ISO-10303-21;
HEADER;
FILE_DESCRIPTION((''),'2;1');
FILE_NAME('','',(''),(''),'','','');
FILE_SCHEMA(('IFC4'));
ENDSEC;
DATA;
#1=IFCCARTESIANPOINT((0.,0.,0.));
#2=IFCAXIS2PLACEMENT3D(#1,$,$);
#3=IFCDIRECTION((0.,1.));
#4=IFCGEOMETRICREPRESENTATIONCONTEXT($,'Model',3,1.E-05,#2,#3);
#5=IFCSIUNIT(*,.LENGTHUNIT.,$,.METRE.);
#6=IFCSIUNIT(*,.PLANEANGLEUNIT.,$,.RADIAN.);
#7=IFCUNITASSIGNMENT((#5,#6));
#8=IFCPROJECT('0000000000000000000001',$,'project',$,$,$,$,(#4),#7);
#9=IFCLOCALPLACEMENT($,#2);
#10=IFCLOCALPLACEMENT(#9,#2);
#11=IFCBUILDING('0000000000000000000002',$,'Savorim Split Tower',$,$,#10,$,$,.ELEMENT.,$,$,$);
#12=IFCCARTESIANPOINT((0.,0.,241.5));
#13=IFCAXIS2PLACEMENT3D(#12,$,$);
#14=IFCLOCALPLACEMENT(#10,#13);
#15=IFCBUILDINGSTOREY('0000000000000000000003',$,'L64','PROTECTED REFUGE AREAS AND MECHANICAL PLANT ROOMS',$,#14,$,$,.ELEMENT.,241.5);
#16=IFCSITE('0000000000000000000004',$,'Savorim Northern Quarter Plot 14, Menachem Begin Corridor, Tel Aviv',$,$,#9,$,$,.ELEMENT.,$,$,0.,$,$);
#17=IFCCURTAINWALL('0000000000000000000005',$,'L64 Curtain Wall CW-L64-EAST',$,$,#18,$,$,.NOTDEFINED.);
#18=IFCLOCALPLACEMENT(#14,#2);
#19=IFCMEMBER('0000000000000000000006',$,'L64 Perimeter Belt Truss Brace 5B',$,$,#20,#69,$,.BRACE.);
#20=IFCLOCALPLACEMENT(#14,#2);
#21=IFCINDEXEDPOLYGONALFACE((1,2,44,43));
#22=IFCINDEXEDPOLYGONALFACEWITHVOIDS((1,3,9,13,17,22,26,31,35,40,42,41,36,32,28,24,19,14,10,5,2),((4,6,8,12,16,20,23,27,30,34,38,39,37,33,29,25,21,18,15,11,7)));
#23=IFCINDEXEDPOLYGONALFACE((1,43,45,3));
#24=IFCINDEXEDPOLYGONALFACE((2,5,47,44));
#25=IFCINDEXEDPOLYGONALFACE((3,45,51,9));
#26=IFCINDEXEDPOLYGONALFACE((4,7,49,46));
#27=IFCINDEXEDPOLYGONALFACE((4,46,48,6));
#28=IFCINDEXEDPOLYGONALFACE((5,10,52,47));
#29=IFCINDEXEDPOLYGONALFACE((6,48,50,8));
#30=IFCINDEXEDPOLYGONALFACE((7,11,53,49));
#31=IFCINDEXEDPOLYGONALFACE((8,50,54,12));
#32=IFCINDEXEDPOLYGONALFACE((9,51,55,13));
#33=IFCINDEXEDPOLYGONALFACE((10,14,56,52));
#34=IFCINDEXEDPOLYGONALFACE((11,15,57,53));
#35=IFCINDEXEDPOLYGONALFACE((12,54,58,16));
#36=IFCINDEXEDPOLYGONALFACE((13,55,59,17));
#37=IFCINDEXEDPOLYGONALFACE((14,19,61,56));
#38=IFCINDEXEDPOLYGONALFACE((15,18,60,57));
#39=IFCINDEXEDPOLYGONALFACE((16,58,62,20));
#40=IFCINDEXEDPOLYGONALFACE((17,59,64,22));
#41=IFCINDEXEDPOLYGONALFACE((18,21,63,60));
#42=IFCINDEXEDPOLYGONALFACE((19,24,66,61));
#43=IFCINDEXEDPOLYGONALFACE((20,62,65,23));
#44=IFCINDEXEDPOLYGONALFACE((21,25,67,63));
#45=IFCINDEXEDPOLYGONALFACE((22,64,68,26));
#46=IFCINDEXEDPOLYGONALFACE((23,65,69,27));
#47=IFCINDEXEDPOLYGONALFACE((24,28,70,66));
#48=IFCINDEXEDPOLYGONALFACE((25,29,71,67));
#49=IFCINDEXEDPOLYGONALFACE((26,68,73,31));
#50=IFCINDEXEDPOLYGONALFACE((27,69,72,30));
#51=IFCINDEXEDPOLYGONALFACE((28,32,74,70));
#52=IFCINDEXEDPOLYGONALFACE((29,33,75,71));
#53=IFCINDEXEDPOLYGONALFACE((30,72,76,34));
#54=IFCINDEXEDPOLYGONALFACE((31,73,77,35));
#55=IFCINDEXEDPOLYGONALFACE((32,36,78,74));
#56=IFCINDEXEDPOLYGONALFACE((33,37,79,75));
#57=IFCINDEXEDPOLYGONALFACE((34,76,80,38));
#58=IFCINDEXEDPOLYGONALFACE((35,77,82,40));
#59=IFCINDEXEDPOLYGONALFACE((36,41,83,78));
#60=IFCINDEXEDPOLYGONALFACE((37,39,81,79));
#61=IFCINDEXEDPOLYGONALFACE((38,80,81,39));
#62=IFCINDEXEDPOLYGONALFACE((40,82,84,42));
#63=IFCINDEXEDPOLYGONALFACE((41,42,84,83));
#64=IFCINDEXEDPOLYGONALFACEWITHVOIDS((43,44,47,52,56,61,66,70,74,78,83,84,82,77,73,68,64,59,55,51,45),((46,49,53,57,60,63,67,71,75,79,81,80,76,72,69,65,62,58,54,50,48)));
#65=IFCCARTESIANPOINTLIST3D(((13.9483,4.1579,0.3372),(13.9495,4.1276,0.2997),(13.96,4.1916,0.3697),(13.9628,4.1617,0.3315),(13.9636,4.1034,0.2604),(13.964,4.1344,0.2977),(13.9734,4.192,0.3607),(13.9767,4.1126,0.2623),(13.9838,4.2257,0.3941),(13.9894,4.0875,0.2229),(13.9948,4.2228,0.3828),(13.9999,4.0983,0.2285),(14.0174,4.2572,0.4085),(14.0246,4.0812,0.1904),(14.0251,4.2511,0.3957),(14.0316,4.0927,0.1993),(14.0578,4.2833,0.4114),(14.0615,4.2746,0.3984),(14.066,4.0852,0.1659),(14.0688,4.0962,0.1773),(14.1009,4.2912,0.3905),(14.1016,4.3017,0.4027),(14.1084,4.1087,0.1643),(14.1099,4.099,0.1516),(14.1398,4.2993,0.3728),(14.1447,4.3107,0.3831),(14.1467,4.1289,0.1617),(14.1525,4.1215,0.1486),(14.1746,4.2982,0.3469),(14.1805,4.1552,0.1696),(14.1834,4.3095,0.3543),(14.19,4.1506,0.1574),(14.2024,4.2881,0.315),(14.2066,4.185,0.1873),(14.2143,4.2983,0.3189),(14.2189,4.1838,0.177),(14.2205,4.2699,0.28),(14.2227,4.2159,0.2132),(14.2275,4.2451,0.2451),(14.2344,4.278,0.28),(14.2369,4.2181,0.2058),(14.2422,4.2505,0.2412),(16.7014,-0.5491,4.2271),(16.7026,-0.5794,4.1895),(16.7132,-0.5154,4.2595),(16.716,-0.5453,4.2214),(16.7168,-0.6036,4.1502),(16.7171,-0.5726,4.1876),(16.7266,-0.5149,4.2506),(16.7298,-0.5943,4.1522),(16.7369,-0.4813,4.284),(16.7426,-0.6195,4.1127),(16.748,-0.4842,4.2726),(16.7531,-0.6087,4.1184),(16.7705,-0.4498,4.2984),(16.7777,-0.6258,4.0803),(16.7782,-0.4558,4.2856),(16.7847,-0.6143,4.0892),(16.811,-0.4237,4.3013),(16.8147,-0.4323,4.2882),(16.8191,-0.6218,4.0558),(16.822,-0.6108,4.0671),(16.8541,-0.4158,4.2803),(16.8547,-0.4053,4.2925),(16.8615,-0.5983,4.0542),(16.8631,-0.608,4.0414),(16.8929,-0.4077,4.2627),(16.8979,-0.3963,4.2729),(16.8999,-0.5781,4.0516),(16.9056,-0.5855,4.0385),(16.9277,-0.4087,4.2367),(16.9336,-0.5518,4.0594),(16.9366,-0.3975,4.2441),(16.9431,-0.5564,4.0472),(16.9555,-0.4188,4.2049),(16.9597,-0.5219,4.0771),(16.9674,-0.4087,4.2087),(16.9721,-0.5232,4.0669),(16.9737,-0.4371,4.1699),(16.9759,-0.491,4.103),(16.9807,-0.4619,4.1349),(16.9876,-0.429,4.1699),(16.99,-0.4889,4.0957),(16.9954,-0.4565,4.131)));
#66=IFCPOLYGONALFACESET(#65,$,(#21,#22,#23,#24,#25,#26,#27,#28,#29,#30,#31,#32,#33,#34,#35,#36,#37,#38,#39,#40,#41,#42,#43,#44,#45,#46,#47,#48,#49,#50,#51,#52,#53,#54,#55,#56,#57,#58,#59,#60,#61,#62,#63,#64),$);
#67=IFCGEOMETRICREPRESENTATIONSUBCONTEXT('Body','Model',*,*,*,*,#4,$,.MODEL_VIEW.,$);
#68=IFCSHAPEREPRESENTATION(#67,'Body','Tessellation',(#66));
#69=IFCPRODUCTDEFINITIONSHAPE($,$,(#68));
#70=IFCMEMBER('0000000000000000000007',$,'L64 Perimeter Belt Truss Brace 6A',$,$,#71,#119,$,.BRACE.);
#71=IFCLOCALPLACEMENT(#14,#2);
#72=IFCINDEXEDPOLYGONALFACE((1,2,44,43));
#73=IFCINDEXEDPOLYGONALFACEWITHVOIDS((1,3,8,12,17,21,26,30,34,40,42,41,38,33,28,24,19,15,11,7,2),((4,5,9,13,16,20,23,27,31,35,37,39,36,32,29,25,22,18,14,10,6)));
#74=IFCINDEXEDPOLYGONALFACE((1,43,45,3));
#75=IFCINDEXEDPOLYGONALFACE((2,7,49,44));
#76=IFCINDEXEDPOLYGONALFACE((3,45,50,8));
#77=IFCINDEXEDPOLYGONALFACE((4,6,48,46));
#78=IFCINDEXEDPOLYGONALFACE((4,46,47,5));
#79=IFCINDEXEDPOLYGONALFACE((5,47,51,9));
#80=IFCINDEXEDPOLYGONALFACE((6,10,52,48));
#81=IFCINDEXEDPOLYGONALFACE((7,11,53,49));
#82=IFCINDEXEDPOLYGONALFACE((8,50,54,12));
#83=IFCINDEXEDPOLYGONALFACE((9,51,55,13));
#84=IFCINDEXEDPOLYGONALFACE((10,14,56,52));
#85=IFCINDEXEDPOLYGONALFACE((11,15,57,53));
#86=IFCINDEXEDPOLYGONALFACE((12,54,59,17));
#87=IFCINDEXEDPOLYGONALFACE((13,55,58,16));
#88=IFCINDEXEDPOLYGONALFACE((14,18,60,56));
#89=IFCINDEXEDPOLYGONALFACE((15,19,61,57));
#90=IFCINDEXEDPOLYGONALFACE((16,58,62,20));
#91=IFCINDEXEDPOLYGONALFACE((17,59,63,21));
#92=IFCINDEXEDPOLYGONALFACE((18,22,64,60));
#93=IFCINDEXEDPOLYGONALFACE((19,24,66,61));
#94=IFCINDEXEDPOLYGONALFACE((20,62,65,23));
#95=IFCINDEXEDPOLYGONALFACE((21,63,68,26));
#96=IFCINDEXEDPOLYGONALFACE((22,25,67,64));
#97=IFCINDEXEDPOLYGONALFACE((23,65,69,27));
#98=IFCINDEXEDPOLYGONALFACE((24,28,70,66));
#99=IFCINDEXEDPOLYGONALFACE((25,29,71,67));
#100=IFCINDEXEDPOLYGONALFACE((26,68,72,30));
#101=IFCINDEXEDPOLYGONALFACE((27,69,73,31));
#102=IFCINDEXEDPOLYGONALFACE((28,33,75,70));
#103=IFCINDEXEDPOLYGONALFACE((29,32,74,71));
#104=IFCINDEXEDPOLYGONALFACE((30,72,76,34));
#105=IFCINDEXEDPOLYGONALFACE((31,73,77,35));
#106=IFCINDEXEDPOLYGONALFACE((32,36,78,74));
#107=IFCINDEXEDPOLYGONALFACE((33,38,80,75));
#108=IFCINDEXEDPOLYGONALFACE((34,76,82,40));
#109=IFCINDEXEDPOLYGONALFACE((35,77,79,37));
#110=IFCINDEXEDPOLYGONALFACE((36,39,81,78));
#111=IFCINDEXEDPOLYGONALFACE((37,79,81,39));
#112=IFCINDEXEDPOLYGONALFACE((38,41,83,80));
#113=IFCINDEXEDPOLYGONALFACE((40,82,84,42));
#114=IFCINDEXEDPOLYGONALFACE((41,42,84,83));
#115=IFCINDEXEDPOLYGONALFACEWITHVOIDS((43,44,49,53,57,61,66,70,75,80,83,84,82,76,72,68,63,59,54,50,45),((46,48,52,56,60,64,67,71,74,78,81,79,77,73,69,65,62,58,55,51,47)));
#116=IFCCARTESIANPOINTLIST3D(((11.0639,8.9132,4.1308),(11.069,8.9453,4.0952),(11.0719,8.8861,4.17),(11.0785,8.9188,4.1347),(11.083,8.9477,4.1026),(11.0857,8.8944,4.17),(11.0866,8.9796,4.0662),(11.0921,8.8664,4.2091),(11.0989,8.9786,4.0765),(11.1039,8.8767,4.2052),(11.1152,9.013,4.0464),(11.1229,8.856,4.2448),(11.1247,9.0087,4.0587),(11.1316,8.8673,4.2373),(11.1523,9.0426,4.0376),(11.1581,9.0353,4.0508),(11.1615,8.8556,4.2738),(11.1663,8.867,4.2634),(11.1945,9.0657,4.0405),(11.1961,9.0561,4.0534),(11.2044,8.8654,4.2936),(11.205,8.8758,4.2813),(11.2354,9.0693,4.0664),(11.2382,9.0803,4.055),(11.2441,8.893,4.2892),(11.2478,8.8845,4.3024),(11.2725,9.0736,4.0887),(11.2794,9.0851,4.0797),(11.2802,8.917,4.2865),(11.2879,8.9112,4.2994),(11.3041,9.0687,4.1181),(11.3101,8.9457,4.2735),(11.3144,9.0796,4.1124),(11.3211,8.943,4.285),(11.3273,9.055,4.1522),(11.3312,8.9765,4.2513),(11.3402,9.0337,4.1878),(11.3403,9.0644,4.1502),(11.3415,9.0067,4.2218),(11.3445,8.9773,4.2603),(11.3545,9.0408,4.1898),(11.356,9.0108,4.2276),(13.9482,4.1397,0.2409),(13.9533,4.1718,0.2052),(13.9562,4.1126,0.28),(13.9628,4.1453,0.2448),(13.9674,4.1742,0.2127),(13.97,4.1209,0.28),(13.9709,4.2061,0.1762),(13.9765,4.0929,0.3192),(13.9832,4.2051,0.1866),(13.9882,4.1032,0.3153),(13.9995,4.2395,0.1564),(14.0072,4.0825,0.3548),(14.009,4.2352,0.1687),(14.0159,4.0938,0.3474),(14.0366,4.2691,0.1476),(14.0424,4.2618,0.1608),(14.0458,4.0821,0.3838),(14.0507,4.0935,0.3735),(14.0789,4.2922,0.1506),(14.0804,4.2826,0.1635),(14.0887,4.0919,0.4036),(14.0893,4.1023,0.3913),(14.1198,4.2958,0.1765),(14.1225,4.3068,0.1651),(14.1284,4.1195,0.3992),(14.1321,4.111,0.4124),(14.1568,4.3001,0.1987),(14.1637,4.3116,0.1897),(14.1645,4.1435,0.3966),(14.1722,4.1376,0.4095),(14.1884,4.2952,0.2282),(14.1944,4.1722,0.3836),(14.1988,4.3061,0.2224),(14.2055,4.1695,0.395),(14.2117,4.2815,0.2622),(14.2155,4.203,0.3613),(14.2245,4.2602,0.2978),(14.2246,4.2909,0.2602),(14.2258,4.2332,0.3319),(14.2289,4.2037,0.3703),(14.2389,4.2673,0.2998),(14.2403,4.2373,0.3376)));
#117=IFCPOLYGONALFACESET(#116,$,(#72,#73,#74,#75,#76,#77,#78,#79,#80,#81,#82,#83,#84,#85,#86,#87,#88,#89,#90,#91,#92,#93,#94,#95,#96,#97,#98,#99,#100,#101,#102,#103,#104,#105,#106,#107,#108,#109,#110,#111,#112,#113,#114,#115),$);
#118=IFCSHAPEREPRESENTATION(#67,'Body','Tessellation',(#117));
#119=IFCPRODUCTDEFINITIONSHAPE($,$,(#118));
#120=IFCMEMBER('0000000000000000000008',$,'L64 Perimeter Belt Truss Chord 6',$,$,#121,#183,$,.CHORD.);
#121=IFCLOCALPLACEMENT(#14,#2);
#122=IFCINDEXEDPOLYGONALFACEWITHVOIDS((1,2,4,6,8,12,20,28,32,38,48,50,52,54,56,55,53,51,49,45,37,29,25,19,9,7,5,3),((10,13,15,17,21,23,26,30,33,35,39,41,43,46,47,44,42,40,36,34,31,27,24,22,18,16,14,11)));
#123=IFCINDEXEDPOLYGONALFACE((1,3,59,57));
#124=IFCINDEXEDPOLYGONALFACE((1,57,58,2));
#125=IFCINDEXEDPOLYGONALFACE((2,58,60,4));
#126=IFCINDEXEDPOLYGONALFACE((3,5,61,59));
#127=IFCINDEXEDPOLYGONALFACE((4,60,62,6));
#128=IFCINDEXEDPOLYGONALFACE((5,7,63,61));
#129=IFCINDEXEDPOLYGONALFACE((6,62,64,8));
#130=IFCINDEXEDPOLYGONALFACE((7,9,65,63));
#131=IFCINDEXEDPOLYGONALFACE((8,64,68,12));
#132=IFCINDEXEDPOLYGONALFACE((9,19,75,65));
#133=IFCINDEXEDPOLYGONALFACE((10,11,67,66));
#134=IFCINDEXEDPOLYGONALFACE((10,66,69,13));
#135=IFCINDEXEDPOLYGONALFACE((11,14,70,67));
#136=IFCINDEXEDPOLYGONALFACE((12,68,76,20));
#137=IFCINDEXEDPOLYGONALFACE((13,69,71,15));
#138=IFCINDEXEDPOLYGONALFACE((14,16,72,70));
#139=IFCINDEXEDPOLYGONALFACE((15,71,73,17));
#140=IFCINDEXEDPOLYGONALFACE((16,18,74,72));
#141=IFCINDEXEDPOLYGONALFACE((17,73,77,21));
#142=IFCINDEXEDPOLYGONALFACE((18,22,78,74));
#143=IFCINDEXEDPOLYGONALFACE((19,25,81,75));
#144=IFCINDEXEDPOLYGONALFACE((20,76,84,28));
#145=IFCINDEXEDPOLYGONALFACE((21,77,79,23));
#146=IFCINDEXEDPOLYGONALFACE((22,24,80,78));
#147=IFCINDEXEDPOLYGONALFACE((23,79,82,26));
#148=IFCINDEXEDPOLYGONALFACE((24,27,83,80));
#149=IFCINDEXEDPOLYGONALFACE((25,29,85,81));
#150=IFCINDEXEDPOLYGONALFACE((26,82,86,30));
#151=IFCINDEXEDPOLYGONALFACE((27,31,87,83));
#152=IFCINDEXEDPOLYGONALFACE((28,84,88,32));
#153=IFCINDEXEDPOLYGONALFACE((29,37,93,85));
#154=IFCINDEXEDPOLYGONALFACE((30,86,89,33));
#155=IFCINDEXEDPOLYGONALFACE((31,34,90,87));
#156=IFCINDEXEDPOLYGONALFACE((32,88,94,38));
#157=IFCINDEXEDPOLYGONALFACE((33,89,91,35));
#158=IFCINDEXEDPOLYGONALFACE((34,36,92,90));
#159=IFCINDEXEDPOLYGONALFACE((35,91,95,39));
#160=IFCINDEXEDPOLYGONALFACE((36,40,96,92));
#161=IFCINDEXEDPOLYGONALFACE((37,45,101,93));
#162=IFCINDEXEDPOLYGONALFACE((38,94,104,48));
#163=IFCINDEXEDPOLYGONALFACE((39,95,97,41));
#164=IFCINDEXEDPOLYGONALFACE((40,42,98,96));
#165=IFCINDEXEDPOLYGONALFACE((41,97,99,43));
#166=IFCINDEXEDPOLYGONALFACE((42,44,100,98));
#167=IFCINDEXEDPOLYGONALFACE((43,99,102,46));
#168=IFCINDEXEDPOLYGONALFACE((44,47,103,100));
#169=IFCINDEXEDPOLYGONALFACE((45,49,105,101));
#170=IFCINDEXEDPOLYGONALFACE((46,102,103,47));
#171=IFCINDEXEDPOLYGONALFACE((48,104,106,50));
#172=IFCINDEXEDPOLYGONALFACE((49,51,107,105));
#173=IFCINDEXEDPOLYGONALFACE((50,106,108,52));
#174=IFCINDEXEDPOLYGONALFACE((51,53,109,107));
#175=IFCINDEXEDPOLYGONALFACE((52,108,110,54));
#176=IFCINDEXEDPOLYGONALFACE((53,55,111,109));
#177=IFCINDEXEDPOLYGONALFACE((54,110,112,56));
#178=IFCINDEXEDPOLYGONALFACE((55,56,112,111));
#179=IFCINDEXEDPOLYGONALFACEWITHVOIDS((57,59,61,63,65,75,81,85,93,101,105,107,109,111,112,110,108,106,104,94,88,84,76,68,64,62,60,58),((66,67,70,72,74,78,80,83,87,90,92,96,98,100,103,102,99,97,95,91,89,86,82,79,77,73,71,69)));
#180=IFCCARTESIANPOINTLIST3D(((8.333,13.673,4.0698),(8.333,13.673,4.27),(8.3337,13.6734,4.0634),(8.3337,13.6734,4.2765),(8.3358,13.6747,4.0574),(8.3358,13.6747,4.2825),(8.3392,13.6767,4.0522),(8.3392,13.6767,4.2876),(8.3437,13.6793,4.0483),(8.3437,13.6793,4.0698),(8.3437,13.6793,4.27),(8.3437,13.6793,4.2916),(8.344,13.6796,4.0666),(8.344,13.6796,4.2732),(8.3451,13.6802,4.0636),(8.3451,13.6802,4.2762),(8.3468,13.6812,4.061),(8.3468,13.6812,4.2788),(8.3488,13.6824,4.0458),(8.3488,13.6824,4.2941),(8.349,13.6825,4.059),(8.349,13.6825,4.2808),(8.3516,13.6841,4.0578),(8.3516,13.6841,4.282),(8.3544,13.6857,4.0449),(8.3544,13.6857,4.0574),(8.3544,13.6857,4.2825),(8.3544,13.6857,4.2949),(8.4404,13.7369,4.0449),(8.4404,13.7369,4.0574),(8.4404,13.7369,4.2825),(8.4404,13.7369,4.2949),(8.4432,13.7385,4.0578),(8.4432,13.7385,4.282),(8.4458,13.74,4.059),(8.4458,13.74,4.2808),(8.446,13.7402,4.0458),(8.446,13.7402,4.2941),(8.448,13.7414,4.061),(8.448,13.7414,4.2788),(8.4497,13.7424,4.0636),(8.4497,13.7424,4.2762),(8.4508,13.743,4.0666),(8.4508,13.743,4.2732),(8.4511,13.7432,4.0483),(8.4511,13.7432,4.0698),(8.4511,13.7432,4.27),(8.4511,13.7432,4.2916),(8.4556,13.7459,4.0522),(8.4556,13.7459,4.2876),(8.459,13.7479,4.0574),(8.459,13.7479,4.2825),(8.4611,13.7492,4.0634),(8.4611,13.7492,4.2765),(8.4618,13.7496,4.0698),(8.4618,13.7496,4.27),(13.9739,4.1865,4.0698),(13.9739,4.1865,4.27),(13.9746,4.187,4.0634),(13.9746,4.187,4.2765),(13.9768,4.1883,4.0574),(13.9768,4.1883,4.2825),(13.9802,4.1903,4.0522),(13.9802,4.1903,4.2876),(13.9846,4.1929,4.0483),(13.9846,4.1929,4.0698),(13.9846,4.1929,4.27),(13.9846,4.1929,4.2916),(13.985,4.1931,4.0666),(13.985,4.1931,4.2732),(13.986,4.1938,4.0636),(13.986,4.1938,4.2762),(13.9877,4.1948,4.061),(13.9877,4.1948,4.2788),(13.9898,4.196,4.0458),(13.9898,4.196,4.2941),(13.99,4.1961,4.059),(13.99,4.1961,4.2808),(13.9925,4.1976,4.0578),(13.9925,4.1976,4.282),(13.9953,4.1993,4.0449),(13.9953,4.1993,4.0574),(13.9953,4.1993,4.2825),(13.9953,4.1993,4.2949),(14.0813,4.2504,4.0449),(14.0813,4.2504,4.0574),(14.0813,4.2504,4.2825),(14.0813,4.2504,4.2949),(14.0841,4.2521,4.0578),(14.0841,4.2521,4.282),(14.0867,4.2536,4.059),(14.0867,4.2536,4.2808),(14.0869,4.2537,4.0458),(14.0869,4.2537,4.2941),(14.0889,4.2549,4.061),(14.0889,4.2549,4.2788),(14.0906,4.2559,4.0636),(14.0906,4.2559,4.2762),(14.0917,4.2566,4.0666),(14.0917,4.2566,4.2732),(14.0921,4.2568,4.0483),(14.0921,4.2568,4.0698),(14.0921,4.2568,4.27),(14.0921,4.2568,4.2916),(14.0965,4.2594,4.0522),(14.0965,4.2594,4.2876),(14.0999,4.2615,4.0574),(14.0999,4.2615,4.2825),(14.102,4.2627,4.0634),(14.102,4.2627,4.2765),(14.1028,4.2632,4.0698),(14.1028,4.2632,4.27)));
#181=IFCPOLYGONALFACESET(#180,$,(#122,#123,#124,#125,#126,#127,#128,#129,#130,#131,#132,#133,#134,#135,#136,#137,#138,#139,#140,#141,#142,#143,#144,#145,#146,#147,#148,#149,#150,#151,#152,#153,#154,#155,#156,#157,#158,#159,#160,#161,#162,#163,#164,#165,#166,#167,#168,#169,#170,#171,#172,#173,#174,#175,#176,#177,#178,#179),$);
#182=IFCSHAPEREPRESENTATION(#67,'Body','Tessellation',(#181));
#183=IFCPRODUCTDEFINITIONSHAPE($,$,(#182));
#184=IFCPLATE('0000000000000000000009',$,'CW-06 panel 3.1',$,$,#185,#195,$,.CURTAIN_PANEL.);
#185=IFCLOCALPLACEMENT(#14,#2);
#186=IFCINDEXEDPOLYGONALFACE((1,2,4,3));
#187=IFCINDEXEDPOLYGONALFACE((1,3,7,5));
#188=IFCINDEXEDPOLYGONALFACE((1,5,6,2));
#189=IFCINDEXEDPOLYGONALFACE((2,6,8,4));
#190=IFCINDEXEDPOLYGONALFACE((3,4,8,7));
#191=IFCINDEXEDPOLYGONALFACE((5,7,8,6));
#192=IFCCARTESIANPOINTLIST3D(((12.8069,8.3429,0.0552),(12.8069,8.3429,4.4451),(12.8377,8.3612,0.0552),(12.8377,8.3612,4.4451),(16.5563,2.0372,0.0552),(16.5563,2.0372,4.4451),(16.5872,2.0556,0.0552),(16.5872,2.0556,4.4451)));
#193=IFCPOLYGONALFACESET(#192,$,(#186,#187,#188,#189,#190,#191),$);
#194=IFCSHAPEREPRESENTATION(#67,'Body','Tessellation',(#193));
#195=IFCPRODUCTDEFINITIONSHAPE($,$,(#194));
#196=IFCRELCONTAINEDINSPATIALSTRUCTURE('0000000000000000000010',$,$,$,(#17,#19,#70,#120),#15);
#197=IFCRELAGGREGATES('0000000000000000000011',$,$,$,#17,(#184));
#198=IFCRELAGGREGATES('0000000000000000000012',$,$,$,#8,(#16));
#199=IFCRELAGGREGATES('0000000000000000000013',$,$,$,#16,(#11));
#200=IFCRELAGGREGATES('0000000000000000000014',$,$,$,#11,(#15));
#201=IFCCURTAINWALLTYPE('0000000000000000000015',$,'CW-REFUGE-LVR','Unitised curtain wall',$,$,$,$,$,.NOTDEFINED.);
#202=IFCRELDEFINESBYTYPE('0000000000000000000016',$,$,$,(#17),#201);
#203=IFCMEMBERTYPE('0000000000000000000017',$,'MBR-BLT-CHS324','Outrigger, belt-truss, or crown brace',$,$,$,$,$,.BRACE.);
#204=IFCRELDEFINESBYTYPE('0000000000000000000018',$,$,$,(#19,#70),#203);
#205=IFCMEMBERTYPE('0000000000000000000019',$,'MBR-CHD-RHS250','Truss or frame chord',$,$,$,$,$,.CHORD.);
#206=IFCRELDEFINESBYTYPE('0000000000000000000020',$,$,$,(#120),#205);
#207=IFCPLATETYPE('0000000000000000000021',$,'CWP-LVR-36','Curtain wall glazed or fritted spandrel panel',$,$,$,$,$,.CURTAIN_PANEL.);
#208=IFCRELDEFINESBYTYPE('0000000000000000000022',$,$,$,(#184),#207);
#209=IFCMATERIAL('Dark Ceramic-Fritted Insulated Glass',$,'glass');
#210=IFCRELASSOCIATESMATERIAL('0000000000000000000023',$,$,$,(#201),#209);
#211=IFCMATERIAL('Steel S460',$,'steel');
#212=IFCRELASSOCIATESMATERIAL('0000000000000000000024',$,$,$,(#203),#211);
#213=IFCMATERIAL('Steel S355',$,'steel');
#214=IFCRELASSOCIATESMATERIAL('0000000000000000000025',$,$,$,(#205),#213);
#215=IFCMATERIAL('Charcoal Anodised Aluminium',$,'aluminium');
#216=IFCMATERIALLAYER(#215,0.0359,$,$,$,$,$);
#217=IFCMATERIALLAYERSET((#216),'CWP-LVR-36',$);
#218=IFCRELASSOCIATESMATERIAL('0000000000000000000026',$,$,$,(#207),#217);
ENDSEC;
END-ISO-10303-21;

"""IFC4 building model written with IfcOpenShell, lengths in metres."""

from ifc_helpers import new_model, si_unit, direction, frame, origin, origin_2d, place, context, subcontext, project, spatial, rectangle, hollow_rectangle, hollow_circle, extrude, material, layer, layer_set, material_profile, profile_set, type_object, element, aggregate, save


model = new_model("IFC4")

# Units and contexts
model_context = context("Model", 3, precision=1e-05, world=origin(), true_north=direction((0.0, 1.0)))
body_context = subcontext(model_context, "Body", "Model", "MODEL_VIEW")
ifc_project = project(units=[si_unit("LENGTHUNIT", "METRE"), si_unit("PLANEANGLEUNIT", "RADIAN")], contexts=[model_context])

# Site, building, storey
site_placement = place(None, origin())
site = spatial("IfcSite", under=ifc_project, at=site_placement, Name="Savorim Northern Quarter Plot 14, Menachem Begin Corridor, Tel Aviv", CompositionType="ELEMENT", RefElevation=0.0)
building_placement = place(site_placement, origin())
building = spatial("IfcBuilding", under=site, at=building_placement, Name="Savorim Split Tower", CompositionType="ELEMENT")
storey_placement = place(building_placement, frame((0.0, 0.0, 241.5)))
storey = spatial("IfcBuildingStorey", under=building, at=storey_placement, Name="L64", Description="PROTECTED REFUGE AREAS AND MECHANICAL PLANT ROOMS", CompositionType="ELEMENT", Elevation=241.5)

# Shared definitions
ifc_material_1 = material(Name="Steel S355", Category="steel")

# Curtain wall
ifc_material_2 = material(Name="Dark Ceramic-Fritted Insulated Glass", Category="glass")
curtain_wall_type = type_object("IfcCurtainWallType", Name="CW-REFUGE-LVR", Description="Unitised curtain wall", PredefinedType="NOTDEFINED", material=ifc_material_2)
curtain_wall_placement = place(storey_placement, origin())
curtain_wall = element("IfcCurtainWall", 1, at=curtain_wall_placement, inside=storey, type_object=curtain_wall_type, Name="L64 Curtain Wall CW-L64-EAST", PredefinedType="NOTDEFINED")
ifc_material_3 = material(Name="Charcoal Anodised Aluminium", Category="aluminium")

# Members
ifc_material_4 = material(Name="Steel S460", Category="steel")
ifc_material_profile_1 = material_profile(ifc_material_4, hollow_circle(Radius=0.1619, WallThickness=0.0161, at=origin_2d()), Name="CHS 323.9x16")
ifc_profile_set_1 = profile_set([ifc_material_profile_1], Name="Steel S460")
member_type_1 = type_object("IfcMemberType", Name="MBR-BLT-CHS324", Description="Outrigger, belt-truss, or crown brace", PredefinedType="BRACE", material=ifc_profile_set_1)
member_1_placement = place(storey_placement, frame((14.0947, 4.1963, 0.28), z_axis=(0.411025, -0.702719, 0.580727), x_axis=(0.863187, 0.504884, 0.0)))
element("IfcMember", 2, at=member_1_placement, inside=storey, type_object=member_type_1, Name="L64 Perimeter Belt Truss Brace 5B", PredefinedType="BRACE", context=body_context, shape_type="SweptSolid", body=[
    extrude(hollow_circle(Radius=0.1619, WallThickness=0.0161, at=origin_2d()), origin(), (0.0, 0.0, 1.0), 6.6982),
])
member_2_placement = place(storey_placement, frame((14.0947, 4.1963, 0.28), z_axis=(-0.424177, 0.702006, 0.572068), x_axis=(-0.85589, -0.517158, 0.0)))
element("IfcMember", 3, at=member_2_placement, inside=storey, type_object=member_type_1, Name="L64 Perimeter Belt Truss Brace 6A", PredefinedType="BRACE", context=body_context, shape_type="SweptSolid", body=[
    extrude(hollow_circle(Radius=0.1619, WallThickness=0.0161, at=origin_2d()), origin(), (0.0, 0.0, 1.0), 6.7998),
])
ifc_material_profile_2 = material_profile(ifc_material_1, hollow_rectangle(XDim=0.1499, YDim=0.25, WallThickness=0.0125, InnerFilletRadius=0.0125, OuterFilletRadius=0.0249, at=origin_2d()), Name="RHS 250x150x12.5")
ifc_profile_set_2 = profile_set([ifc_material_profile_2], Name="Steel S355")
member_type_2 = type_object("IfcMemberType", Name="MBR-CHD-RHS250", Description="Truss or frame chord", PredefinedType="CHORD", material=ifc_profile_set_2)
member_3_placement = place(storey_placement, frame((14.0383, 4.2249, 4.1699), z_axis=(-0.511099, 0.859522, 0.0), x_axis=(-0.859522, -0.511099, 0.0)))
element("IfcMember", 4, at=member_3_placement, inside=storey, type_object=member_type_2, Name="L64 Perimeter Belt Truss Chord 6", PredefinedType="CHORD", context=body_context, shape_type="SweptSolid", body=[
    extrude(hollow_rectangle(XDim=0.1499, YDim=0.25, WallThickness=0.0125, InnerFilletRadius=0.0125, OuterFilletRadius=0.0249, at=origin_2d()), origin(), (0.0, 0.0, 1.0), 11.0369),
])

# Plate
ifc_layer_1 = layer(ifc_material_3, 0.0359)
ifc_layer_set_1 = layer_set([ifc_layer_1], Name="CWP-LVR-36")
plate_type_1 = type_object("IfcPlateType", Name="CWP-LVR-36", Description="Curtain wall glazed or fritted spandrel panel", PredefinedType="CURTAIN_PANEL", material=ifc_layer_set_1)
plate_1_placement = place(storey_placement, frame((14.697, 5.1992, 0.0552), z_axis=(0.0, 0.0, 1.0), x_axis=(-0.51109, 0.859527, 0.0)))
plate_1 = element("IfcPlate", 5, at=plate_1_placement, type_object=plate_type_1, Name="CW-06 panel 3.1", PredefinedType="CURTAIN_PANEL", context=body_context, shape_type="SweptSolid", body=[
    extrude(rectangle(XDim=7.3362, YDim=0.0359, at=origin_2d()), origin(), (0.0, 0.0, 1.0), 4.3899),
])
aggregate(curtain_wall, [plate_1])

save(model, "model.ifc")
